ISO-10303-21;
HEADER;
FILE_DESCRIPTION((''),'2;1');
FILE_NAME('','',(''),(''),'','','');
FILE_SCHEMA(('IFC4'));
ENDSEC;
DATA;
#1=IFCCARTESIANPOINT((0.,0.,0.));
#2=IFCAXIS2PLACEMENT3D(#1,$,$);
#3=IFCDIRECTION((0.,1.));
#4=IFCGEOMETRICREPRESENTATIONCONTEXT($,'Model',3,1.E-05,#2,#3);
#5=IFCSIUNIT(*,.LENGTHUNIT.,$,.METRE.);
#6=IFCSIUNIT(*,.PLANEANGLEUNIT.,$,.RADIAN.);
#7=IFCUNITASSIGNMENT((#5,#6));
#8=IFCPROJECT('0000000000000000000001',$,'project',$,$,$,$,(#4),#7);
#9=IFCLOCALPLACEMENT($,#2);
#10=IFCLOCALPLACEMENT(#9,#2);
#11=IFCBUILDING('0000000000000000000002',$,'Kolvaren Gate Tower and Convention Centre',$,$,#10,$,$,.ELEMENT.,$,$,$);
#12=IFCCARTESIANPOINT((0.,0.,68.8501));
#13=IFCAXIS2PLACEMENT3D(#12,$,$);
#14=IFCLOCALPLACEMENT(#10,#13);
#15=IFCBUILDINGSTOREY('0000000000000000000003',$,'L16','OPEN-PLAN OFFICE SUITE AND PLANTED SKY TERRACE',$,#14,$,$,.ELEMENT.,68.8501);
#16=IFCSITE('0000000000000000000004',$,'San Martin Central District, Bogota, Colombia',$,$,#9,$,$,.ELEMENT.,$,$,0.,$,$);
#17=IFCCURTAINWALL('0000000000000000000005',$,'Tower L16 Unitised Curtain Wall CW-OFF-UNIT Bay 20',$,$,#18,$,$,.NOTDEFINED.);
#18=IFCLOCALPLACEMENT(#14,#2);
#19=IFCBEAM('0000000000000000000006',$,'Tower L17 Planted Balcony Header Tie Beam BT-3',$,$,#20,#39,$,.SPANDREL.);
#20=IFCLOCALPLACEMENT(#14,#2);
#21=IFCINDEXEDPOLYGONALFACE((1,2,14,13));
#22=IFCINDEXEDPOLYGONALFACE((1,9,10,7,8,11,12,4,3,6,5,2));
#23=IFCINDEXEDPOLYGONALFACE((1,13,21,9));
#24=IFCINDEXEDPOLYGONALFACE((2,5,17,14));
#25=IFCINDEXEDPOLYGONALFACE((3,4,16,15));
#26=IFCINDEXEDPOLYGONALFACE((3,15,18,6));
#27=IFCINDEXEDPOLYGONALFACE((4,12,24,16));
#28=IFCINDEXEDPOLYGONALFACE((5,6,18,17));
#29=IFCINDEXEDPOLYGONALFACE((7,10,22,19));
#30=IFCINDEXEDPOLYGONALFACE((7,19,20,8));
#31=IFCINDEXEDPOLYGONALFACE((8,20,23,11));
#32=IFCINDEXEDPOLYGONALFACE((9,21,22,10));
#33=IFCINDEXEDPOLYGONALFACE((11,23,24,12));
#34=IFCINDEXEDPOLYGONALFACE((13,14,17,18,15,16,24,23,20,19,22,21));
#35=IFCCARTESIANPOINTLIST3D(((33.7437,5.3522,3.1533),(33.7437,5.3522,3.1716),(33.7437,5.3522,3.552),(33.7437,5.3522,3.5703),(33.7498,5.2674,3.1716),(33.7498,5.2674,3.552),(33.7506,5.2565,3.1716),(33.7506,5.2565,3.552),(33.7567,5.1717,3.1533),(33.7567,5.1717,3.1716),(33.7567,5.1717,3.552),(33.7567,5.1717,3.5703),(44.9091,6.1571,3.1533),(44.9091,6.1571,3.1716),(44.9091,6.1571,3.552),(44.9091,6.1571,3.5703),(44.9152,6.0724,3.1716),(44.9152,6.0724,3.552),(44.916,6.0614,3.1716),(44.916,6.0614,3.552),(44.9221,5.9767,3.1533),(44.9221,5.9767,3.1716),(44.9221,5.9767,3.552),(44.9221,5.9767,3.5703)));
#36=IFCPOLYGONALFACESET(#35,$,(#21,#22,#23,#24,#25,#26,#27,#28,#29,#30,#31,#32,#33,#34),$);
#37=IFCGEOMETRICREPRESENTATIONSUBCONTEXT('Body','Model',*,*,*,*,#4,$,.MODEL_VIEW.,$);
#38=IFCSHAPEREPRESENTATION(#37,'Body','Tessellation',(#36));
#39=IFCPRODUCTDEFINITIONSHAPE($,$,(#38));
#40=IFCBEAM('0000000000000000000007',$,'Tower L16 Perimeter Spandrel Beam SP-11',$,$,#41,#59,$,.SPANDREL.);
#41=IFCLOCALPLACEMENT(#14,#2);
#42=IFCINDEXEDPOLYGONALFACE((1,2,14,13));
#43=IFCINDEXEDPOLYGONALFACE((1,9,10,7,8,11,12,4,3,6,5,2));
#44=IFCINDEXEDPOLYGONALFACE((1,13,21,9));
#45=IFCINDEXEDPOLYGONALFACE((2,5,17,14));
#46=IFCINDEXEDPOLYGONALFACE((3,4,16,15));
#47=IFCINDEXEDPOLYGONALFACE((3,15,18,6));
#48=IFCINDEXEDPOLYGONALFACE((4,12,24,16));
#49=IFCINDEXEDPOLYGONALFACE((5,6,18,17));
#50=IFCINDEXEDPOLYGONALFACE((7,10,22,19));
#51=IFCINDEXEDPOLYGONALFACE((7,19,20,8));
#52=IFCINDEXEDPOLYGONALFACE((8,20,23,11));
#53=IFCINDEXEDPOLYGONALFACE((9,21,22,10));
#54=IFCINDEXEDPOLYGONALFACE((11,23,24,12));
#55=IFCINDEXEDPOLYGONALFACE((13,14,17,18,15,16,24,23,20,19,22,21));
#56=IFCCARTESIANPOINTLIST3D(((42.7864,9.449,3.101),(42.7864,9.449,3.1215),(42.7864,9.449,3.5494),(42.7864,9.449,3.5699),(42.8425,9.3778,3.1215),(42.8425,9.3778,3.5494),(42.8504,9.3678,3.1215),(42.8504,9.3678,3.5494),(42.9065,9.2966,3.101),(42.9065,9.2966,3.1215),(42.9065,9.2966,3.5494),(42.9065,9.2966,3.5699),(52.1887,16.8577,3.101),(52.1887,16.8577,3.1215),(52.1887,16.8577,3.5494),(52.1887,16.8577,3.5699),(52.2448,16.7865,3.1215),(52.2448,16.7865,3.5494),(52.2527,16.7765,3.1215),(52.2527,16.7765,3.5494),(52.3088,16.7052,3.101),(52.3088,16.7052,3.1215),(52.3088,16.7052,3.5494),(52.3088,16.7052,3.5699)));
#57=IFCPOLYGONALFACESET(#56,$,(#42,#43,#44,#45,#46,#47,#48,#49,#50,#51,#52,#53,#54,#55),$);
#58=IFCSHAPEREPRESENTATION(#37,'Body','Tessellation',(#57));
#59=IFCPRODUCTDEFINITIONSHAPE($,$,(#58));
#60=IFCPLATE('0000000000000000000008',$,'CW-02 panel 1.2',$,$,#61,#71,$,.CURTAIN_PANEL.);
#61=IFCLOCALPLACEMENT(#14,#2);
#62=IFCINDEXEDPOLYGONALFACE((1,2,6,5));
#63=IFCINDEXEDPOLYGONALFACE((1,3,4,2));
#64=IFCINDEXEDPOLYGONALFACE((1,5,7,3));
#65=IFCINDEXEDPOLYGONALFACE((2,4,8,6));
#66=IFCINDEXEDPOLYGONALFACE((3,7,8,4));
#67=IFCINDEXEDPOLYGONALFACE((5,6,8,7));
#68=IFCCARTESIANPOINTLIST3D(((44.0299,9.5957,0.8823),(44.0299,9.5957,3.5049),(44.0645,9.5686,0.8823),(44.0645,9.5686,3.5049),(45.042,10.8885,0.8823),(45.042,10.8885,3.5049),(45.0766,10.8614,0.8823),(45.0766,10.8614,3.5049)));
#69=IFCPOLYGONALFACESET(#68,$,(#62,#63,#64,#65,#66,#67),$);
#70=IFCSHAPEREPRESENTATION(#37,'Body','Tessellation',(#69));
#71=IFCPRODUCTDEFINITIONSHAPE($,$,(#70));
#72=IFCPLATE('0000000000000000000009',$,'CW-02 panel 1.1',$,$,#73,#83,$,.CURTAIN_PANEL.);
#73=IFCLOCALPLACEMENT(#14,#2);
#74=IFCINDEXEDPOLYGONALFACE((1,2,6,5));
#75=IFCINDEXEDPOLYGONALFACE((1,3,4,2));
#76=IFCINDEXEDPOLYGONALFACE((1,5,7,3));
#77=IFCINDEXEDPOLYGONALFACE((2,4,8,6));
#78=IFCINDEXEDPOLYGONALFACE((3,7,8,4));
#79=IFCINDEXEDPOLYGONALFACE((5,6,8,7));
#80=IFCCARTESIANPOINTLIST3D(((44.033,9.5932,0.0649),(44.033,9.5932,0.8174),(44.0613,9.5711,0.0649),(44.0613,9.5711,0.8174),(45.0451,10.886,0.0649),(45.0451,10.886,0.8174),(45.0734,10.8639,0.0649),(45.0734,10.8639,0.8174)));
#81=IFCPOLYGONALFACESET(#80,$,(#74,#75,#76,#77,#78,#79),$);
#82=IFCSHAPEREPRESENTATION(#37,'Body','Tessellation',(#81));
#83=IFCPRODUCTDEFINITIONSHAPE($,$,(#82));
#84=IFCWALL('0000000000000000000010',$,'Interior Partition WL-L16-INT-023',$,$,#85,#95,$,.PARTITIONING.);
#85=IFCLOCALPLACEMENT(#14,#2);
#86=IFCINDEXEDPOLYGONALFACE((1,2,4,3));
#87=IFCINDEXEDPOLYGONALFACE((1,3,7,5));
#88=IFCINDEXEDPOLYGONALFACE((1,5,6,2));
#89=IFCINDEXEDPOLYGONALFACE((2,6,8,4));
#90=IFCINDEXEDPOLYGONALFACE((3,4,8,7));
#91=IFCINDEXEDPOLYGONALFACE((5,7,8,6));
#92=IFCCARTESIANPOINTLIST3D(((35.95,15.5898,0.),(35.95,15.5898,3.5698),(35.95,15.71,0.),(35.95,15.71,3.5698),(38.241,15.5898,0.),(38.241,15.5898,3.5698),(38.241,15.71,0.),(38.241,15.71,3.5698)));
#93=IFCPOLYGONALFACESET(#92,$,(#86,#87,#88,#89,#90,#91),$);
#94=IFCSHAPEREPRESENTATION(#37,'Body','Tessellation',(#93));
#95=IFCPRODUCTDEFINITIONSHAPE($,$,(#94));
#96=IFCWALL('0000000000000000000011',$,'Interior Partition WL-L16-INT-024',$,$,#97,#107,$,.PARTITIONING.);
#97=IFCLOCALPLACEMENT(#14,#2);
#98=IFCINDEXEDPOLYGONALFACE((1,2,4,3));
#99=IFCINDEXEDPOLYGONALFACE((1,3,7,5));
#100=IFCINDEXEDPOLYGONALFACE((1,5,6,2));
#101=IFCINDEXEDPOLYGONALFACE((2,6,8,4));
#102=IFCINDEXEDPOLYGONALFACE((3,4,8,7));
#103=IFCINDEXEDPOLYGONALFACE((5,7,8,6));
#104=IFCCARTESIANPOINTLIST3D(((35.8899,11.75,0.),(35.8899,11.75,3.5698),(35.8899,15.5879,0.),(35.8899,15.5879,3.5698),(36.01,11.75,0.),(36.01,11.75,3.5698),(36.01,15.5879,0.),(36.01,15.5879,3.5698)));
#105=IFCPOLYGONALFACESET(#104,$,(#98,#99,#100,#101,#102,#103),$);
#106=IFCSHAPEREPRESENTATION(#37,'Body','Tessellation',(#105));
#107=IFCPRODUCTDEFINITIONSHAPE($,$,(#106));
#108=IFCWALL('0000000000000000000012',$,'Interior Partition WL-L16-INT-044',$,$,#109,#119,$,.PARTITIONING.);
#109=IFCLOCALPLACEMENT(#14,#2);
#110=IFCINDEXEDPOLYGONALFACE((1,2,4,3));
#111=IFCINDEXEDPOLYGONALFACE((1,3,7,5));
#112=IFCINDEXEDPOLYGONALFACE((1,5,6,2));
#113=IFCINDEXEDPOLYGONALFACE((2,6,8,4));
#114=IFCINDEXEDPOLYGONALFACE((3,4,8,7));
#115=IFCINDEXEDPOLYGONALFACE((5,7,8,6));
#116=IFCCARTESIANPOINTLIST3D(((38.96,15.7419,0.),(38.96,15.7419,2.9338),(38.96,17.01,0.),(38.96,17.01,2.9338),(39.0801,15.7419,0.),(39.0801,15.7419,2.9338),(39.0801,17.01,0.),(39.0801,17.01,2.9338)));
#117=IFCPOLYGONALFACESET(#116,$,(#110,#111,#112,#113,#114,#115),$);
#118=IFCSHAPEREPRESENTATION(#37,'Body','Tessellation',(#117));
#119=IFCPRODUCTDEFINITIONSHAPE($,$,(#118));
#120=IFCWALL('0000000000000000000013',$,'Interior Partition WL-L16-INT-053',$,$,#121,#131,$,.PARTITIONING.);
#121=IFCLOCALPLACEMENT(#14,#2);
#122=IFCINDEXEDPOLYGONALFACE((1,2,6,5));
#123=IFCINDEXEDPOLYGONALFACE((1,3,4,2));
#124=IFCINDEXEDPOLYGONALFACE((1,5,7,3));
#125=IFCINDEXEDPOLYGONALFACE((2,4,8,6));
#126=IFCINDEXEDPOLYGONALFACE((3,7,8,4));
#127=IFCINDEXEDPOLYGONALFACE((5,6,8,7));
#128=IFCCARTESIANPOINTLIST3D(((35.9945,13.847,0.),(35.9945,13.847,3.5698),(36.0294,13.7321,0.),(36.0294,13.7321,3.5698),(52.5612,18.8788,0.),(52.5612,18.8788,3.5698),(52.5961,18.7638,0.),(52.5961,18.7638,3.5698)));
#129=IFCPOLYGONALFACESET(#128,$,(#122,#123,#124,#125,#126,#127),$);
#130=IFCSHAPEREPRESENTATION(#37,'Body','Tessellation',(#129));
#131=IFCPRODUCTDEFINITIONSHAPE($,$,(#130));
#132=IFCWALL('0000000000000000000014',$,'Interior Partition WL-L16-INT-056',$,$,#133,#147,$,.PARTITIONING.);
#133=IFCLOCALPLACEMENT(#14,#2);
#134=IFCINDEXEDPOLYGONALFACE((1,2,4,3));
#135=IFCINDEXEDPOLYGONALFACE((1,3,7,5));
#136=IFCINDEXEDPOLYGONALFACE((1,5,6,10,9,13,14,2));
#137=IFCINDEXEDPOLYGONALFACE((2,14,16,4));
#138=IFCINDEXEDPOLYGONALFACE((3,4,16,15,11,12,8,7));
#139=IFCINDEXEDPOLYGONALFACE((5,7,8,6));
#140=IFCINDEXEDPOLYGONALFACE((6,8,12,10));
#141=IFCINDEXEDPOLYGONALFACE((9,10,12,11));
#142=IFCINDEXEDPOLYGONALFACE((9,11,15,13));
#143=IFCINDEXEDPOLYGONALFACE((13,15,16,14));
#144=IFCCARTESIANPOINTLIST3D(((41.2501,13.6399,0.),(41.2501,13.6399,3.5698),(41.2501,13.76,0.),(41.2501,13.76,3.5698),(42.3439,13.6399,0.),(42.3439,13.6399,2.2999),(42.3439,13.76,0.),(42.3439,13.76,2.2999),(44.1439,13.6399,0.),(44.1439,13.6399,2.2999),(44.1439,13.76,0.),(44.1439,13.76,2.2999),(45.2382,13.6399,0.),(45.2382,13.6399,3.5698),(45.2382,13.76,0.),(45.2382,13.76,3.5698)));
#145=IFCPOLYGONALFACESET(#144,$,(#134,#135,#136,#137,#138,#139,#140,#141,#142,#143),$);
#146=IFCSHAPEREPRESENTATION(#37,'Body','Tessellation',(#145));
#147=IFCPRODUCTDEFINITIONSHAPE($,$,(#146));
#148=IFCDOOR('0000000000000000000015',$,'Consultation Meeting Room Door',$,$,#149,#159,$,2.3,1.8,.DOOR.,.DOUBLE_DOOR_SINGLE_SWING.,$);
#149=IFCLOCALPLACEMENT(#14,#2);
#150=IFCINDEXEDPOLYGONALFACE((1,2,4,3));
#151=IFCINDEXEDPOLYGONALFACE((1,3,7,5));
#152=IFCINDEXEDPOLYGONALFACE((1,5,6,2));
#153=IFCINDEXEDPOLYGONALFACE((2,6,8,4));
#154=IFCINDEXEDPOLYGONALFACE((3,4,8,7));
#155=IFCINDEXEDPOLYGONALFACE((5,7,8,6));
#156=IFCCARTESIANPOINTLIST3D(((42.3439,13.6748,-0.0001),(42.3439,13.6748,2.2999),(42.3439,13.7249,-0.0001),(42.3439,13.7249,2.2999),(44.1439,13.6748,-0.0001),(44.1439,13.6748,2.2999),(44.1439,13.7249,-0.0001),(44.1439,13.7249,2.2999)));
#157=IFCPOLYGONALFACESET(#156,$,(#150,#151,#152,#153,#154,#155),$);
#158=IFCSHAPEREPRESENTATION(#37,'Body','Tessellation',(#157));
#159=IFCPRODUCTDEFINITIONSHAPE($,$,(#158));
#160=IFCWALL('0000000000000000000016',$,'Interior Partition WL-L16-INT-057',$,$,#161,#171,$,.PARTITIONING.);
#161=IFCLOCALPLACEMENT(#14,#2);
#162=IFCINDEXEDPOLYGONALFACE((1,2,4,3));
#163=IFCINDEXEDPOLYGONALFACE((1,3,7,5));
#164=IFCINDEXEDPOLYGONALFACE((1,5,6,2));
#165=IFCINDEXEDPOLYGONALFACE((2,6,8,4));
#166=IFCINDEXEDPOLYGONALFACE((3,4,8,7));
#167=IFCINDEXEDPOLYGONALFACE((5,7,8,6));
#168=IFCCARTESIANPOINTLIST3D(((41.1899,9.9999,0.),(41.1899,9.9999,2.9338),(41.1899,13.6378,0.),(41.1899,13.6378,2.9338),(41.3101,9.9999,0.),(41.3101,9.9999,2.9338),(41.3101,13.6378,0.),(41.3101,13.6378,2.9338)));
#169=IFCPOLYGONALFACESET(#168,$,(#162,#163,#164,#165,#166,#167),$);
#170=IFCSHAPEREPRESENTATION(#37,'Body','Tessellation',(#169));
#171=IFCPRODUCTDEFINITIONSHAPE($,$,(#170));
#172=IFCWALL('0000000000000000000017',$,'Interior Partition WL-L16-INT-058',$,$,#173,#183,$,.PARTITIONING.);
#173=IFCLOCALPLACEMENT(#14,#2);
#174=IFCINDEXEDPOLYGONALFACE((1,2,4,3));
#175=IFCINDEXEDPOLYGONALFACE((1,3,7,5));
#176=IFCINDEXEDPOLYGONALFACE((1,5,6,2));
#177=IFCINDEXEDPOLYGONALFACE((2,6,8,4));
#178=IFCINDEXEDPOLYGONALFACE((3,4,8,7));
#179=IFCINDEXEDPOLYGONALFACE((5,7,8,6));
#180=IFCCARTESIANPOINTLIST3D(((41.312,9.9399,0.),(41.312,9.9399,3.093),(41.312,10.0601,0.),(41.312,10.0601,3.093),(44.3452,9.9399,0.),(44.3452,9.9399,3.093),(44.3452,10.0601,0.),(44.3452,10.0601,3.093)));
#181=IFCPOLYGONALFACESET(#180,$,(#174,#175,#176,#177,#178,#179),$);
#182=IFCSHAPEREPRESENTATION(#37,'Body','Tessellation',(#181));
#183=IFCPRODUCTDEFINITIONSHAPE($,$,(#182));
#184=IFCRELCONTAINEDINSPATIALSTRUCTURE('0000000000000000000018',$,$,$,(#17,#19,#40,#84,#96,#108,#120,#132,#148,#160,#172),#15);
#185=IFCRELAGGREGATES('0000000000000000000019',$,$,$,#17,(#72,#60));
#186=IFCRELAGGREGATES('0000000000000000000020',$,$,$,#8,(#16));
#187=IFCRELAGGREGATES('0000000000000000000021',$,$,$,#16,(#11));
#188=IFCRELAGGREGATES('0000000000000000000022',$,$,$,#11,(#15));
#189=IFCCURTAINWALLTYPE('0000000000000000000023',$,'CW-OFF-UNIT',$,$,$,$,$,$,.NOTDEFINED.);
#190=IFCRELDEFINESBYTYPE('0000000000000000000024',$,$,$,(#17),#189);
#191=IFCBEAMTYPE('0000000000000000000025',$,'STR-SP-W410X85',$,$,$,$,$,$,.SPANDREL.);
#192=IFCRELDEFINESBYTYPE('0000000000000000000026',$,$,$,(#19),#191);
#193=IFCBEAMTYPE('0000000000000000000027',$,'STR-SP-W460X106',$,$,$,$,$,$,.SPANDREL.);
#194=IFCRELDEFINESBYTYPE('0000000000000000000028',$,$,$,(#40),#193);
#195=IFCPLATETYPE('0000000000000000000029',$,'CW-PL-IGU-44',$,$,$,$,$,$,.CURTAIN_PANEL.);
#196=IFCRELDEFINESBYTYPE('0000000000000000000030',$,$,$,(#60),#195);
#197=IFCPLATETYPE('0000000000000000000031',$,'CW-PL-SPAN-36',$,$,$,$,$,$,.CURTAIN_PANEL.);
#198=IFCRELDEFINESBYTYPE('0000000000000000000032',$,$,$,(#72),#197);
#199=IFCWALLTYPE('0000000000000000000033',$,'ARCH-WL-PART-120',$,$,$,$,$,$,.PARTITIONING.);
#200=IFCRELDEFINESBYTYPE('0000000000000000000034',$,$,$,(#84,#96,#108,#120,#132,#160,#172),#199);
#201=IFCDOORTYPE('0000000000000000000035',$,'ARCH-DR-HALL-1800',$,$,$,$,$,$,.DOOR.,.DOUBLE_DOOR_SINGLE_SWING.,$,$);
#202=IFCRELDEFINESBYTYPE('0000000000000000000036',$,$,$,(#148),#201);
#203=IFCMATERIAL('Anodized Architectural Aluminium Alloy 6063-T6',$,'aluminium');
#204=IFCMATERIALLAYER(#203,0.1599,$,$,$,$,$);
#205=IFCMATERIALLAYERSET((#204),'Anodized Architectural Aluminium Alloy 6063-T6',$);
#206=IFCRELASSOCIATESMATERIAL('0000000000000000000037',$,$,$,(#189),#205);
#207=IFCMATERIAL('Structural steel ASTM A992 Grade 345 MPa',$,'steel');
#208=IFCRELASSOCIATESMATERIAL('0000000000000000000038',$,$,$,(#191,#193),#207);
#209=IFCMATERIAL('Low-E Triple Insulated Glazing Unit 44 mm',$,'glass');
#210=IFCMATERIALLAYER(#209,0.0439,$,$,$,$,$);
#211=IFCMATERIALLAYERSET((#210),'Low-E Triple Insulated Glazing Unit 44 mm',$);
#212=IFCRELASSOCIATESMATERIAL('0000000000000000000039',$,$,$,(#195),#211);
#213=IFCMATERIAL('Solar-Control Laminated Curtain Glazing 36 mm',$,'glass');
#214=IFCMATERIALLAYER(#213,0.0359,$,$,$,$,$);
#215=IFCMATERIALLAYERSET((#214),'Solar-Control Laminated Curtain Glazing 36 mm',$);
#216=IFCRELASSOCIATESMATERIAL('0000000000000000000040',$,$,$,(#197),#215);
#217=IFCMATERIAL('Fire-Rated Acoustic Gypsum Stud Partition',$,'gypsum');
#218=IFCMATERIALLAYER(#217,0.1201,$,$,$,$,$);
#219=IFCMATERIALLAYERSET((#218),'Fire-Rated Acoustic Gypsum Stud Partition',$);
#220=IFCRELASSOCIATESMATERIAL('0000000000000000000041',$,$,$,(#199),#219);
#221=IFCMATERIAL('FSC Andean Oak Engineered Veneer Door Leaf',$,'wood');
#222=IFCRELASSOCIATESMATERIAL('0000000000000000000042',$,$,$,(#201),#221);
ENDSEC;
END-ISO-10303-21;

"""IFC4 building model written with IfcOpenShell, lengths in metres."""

from ifc_helpers import new_model, si_unit, direction, frame, frame_2d, origin, origin_2d, place, context, subcontext, project, spatial, rectangle, i_section, extrude, material, layer, layer_set, material_profile, profile_set, type_object, element, fill, aggregate, save


model = new_model("IFC4")

# Units and contexts
model_context = context("Model", 3, precision=1e-05, world=origin(), true_north=direction((0.0, 1.0)))
body_context = subcontext(model_context, "Body", "Model", "MODEL_VIEW")
ifc_project = project(units=[si_unit("LENGTHUNIT", "METRE"), si_unit("PLANEANGLEUNIT", "RADIAN")], contexts=[model_context])

# Site, building, storey
site_placement = place(None, origin())
site = spatial("IfcSite", under=ifc_project, at=site_placement, Name="San Martin Central District, Bogota, Colombia", CompositionType="ELEMENT", RefElevation=0.0)
building_placement = place(site_placement, origin())
building = spatial("IfcBuilding", under=site, at=building_placement, Name="Kolvaren Gate Tower and Convention Centre", CompositionType="ELEMENT")
storey_placement = place(building_placement, frame((0.0, 0.0, 68.8501)))
storey = spatial("IfcBuildingStorey", under=building, at=storey_placement, Name="L16", Description="OPEN-PLAN OFFICE SUITE AND PLANTED SKY TERRACE", CompositionType="ELEMENT", Elevation=68.8501)

# Curtain wall
ifc_material_1 = material(Name="Anodized Architectural Aluminium Alloy 6063-T6", Category="aluminium")
ifc_layer_1 = layer(ifc_material_1, 0.1599)
ifc_layer_set_1 = layer_set([ifc_layer_1], Name="Anodized Architectural Aluminium Alloy 6063-T6")
curtain_wall_type = type_object("IfcCurtainWallType", Name="CW-OFF-UNIT", PredefinedType="NOTDEFINED", material=ifc_layer_set_1)
curtain_wall_placement = place(storey_placement, origin())
curtain_wall = element("IfcCurtainWall", 1, at=curtain_wall_placement, inside=storey, type_object=curtain_wall_type, Name="Tower L16 Unitised Curtain Wall CW-OFF-UNIT Bay 20", PredefinedType="NOTDEFINED")

# Beams
ifc_material_2 = material(Name="Structural steel ASTM A992 Grade 345 MPa", Category="steel")
ifc_material_profile_1 = material_profile(ifc_material_2, i_section(OverallWidth=0.1809, OverallDepth=0.417, WebThickness=0.011, FlangeThickness=0.0183, at=origin_2d()), Name="W410X85")
ifc_profile_set_1 = profile_set([ifc_material_profile_1], Name="Structural steel ASTM A992 Grade 345 MPa")
beam_type_1 = type_object("IfcBeamType", Name="STR-SP-W410X85", PredefinedType="SPANDREL", material=ifc_profile_set_1)
beam_1_placement = place(storey_placement, frame((33.7502, 5.262, 3.3618), z_axis=(0.997411, 0.071906, 0.0), x_axis=(-0.071906, 0.997411, 0.0)))
element("IfcBeam", 2, at=beam_1_placement, inside=storey, type_object=beam_type_1, Name="Tower L17 Planted Balcony Header Tie Beam BT-3", PredefinedType="SPANDREL", context=body_context, shape_type="SweptSolid", body=[
    extrude(i_section(OverallWidth=0.1809, OverallDepth=0.417, WebThickness=0.011, FlangeThickness=0.0183, at=origin_2d()), origin(), (0.0, 0.0, 1.0), 11.1943),
])
ifc_material_profile_2 = material_profile(ifc_material_2, i_section(OverallWidth=0.1941, OverallDepth=0.469, WebThickness=0.0127, FlangeThickness=0.0205, at=origin_2d()), Name="W460X106")
ifc_profile_set_2 = profile_set([ifc_material_profile_2], Name="Structural steel ASTM A992 Grade 345 MPa")
beam_type_2 = type_object("IfcBeamType", Name="STR-SP-W460X106", PredefinedType="SPANDREL", material=ifc_profile_set_2)
beam_2_placement = place(storey_placement, frame((42.8464, 9.3728, 3.3354), z_axis=(0.78546, 0.618913, 0.0), x_axis=(-0.618913, 0.78546, 0.0)))
element("IfcBeam", 3, at=beam_2_placement, inside=storey, type_object=beam_type_2, Name="Tower L16 Perimeter Spandrel Beam SP-11", PredefinedType="SPANDREL", context=body_context, shape_type="SweptSolid", body=[
    extrude(i_section(OverallWidth=0.1941, OverallDepth=0.469, WebThickness=0.0127, FlangeThickness=0.0205, at=origin_2d()), origin(), (0.0, 0.0, 1.0), 11.9705),
])

# Plates
ifc_material_3 = material(Name="Low-E Triple Insulated Glazing Unit 44 mm", Category="glass")
ifc_layer_2 = layer(ifc_material_3, 0.0439)
ifc_layer_set_2 = layer_set([ifc_layer_2], Name="Low-E Triple Insulated Glazing Unit 44 mm")
plate_type_1 = type_object("IfcPlateType", Name="CW-PL-IGU-44", PredefinedType="CURTAIN_PANEL", material=ifc_layer_set_2)
plate_1_placement = place(storey_placement, frame((44.5532, 10.2285, 0.8823), z_axis=(0.0, 0.0, 1.0), x_axis=(0.616434, 0.787406, 0.0)))
plate_1 = element("IfcPlate", 4, at=plate_1_placement, type_object=plate_type_1, Name="CW-02 panel 1.2", PredefinedType="CURTAIN_PANEL", context=body_context, shape_type="SweptSolid", body=[
    extrude(rectangle(XDim=1.6418, YDim=0.0439, at=origin_2d()), origin(), (0.0, 0.0, 1.0), 2.6226),
])
ifc_material_4 = material(Name="Solar-Control Laminated Curtain Glazing 36 mm", Category="glass")
ifc_layer_3 = layer(ifc_material_4, 0.0359)
ifc_layer_set_3 = layer_set([ifc_layer_3], Name="Solar-Control Laminated Curtain Glazing 36 mm")
plate_type_2 = type_object("IfcPlateType", Name="CW-PL-SPAN-36", PredefinedType="CURTAIN_PANEL", material=ifc_layer_set_3)
plate_2_placement = place(storey_placement, frame((44.5532, 10.2285, 0.0649), z_axis=(0.0, 0.0, 1.0), x_axis=(0.616434, 0.787406, 0.0)))
plate_2 = element("IfcPlate", 5, at=plate_2_placement, type_object=plate_type_2, Name="CW-02 panel 1.1", PredefinedType="CURTAIN_PANEL", context=body_context, shape_type="SweptSolid", body=[
    extrude(rectangle(XDim=1.6418, YDim=0.0359, at=origin_2d()), origin(), (0.0, 0.0, 1.0), 0.7524),
])
aggregate(curtain_wall, [plate_2, plate_1])

# Walls
ifc_material_5 = material(Name="Fire-Rated Acoustic Gypsum Stud Partition", Category="gypsum")
ifc_layer_4 = layer(ifc_material_5, 0.1201)
ifc_layer_set_4 = layer_set([ifc_layer_4], Name="Fire-Rated Acoustic Gypsum Stud Partition")
wall_type_1 = type_object("IfcWallType", Name="ARCH-WL-PART-120", PredefinedType="PARTITIONING", material=ifc_layer_set_4)
wall_1_placement = place(storey_placement, frame((35.95, 15.6499, 0.0), z_axis=(0.0, 0.0, 1.0), x_axis=(1.0, 0.0, 0.0)))
element("IfcWall", 6, at=wall_1_placement, inside=storey, type_object=wall_type_1, Name="Interior Partition WL-L16-INT-023", PredefinedType="PARTITIONING", context=body_context, shape_type="SweptSolid", body=[
    extrude(rectangle(XDim=2.291, YDim=0.1201, at=frame_2d((1.1455, 0.0))), origin(), (0.0, 0.0, 1.0), 3.5698),
])
wall_2_placement = place(storey_placement, frame((35.95, 11.75, 0.0), z_axis=(0.0, 0.0, 1.0), x_axis=(0.0, 1.0, 0.0)))
element("IfcWall", 7, at=wall_2_placement, inside=storey, type_object=wall_type_1, Name="Interior Partition WL-L16-INT-024", PredefinedType="PARTITIONING", context=body_context, shape_type="SweptSolid", body=[
    extrude(rectangle(XDim=3.8379, YDim=0.1201, at=frame_2d((1.9189, 0.0))), origin(), (0.0, 0.0, 1.0), 3.5698),
])
wall_3_placement = place(storey_placement, frame((39.02, 15.7419, 0.0), z_axis=(0.0, 0.0, 1.0), x_axis=(0.0, 1.0, 0.0)))
element("IfcWall", 8, at=wall_3_placement, inside=storey, type_object=wall_type_1, Name="Interior Partition WL-L16-INT-044", PredefinedType="PARTITIONING", context=body_context, shape_type="SweptSolid", body=[
    extrude(rectangle(XDim=1.2681, YDim=0.1201, at=frame_2d((0.634, 0.0))), origin(), (0.0, 0.0, 1.0), 2.9338),
])
wall_4_placement = place(storey_placement, frame((36.012, 13.7896, 0.0), z_axis=(0.0, 0.0, 1.0), x_axis=(0.956839, 0.290618, 0.0)))
element("IfcWall", 9, at=wall_4_placement, inside=storey, type_object=wall_type_1, Name="Interior Partition WL-L16-INT-053", PredefinedType="PARTITIONING", context=body_context, shape_type="SweptSolid", body=[
    extrude(rectangle(XDim=17.314, YDim=0.1201, at=frame_2d((8.657, 0.0))), origin(), (0.0, 0.0, 1.0), 3.5698),
])

# Wall, opening, door
wall_5_placement = place(storey_placement, frame((41.25, 13.7, 0.0), z_axis=(0.0, 0.0, 1.0), x_axis=(1.0, 0.0, 0.0)))
wall_5 = element("IfcWall", 10, at=wall_5_placement, inside=storey, type_object=wall_type_1, Name="Interior Partition WL-L16-INT-056", PredefinedType="PARTITIONING", context=body_context, shape_type="SweptSolid", body=[
    extrude(rectangle(XDim=3.988, YDim=0.1201, at=frame_2d((1.9941, 0.0))), origin(), (0.0, 0.0, 1.0), 3.5698),
])
opening_1_placement = place(wall_5_placement, frame((1.094, 0.0, 0.0)))
opening_1 = element("IfcOpeningElement", 11, at=opening_1_placement, cuts=wall_5, PredefinedType="OPENING", context=body_context, shape_type="SweptSolid", body=[
    extrude(rectangle(XDim=1.8, YDim=2.3, at=frame_2d((0.8999, 1.1499))), frame((0.0, 0.0701, 0.0), z_axis=(0.0, -1.0, 0.0), x_axis=(1.0, 0.0, 0.0)), (0.0, 0.0, 1.0), 0.1401),
])
ifc_material_6 = material(Name="FSC Andean Oak Engineered Veneer Door Leaf", Category="wood")
door_type = type_object("IfcDoorType", Name="ARCH-DR-HALL-1800", OperationType="DOUBLE_DOOR_SINGLE_SWING", PredefinedType="DOOR", material=ifc_material_6)
door_placement = place(opening_1_placement, origin())
door = element("IfcDoor", 12, at=door_placement, inside=storey, type_object=door_type, Name="Consultation Meeting Room Door", OperationType="DOUBLE_DOOR_SINGLE_SWING", OverallHeight=2.3, OverallWidth=1.8, PredefinedType="DOOR", context=body_context, shape_type="SweptSolid", body=[
    extrude(rectangle(XDim=1.8, YDim=2.3, at=frame_2d((0.8999, 1.1499))), frame((0.0, 0.0249, 0.0), z_axis=(0.0, -1.0, 0.0), x_axis=(1.0, 0.0, 0.0)), (0.0, 0.0, 1.0), 0.05),
])
fill(opening_1, door)

# Walls
wall_6_placement = place(storey_placement, frame((41.25, 10.0, 0.0), z_axis=(0.0, 0.0, 1.0), x_axis=(0.0, 1.0, 0.0)))
element("IfcWall", 13, at=wall_6_placement, inside=storey, type_object=wall_type_1, Name="Interior Partition WL-L16-INT-057", PredefinedType="PARTITIONING", context=body_context, shape_type="SweptSolid", body=[
    extrude(rectangle(XDim=3.6379, YDim=0.1201, at=frame_2d((1.8188, 0.0))), origin(), (0.0, 0.0, 1.0), 2.9338),
])
wall_7_placement = place(storey_placement, frame((41.312, 10.0, 0.0), z_axis=(0.0, 0.0, 1.0), x_axis=(1.0, 0.0, 0.0)))
element("IfcWall", 14, at=wall_7_placement, inside=storey, type_object=wall_type_1, Name="Interior Partition WL-L16-INT-058", PredefinedType="PARTITIONING", context=body_context, shape_type="SweptSolid", body=[
    extrude(rectangle(XDim=3.0332, YDim=0.1201, at=frame_2d((1.5166, 0.0))), origin(), (0.0, 0.0, 1.0), 3.093),
])

save(model, "model.ifc")
